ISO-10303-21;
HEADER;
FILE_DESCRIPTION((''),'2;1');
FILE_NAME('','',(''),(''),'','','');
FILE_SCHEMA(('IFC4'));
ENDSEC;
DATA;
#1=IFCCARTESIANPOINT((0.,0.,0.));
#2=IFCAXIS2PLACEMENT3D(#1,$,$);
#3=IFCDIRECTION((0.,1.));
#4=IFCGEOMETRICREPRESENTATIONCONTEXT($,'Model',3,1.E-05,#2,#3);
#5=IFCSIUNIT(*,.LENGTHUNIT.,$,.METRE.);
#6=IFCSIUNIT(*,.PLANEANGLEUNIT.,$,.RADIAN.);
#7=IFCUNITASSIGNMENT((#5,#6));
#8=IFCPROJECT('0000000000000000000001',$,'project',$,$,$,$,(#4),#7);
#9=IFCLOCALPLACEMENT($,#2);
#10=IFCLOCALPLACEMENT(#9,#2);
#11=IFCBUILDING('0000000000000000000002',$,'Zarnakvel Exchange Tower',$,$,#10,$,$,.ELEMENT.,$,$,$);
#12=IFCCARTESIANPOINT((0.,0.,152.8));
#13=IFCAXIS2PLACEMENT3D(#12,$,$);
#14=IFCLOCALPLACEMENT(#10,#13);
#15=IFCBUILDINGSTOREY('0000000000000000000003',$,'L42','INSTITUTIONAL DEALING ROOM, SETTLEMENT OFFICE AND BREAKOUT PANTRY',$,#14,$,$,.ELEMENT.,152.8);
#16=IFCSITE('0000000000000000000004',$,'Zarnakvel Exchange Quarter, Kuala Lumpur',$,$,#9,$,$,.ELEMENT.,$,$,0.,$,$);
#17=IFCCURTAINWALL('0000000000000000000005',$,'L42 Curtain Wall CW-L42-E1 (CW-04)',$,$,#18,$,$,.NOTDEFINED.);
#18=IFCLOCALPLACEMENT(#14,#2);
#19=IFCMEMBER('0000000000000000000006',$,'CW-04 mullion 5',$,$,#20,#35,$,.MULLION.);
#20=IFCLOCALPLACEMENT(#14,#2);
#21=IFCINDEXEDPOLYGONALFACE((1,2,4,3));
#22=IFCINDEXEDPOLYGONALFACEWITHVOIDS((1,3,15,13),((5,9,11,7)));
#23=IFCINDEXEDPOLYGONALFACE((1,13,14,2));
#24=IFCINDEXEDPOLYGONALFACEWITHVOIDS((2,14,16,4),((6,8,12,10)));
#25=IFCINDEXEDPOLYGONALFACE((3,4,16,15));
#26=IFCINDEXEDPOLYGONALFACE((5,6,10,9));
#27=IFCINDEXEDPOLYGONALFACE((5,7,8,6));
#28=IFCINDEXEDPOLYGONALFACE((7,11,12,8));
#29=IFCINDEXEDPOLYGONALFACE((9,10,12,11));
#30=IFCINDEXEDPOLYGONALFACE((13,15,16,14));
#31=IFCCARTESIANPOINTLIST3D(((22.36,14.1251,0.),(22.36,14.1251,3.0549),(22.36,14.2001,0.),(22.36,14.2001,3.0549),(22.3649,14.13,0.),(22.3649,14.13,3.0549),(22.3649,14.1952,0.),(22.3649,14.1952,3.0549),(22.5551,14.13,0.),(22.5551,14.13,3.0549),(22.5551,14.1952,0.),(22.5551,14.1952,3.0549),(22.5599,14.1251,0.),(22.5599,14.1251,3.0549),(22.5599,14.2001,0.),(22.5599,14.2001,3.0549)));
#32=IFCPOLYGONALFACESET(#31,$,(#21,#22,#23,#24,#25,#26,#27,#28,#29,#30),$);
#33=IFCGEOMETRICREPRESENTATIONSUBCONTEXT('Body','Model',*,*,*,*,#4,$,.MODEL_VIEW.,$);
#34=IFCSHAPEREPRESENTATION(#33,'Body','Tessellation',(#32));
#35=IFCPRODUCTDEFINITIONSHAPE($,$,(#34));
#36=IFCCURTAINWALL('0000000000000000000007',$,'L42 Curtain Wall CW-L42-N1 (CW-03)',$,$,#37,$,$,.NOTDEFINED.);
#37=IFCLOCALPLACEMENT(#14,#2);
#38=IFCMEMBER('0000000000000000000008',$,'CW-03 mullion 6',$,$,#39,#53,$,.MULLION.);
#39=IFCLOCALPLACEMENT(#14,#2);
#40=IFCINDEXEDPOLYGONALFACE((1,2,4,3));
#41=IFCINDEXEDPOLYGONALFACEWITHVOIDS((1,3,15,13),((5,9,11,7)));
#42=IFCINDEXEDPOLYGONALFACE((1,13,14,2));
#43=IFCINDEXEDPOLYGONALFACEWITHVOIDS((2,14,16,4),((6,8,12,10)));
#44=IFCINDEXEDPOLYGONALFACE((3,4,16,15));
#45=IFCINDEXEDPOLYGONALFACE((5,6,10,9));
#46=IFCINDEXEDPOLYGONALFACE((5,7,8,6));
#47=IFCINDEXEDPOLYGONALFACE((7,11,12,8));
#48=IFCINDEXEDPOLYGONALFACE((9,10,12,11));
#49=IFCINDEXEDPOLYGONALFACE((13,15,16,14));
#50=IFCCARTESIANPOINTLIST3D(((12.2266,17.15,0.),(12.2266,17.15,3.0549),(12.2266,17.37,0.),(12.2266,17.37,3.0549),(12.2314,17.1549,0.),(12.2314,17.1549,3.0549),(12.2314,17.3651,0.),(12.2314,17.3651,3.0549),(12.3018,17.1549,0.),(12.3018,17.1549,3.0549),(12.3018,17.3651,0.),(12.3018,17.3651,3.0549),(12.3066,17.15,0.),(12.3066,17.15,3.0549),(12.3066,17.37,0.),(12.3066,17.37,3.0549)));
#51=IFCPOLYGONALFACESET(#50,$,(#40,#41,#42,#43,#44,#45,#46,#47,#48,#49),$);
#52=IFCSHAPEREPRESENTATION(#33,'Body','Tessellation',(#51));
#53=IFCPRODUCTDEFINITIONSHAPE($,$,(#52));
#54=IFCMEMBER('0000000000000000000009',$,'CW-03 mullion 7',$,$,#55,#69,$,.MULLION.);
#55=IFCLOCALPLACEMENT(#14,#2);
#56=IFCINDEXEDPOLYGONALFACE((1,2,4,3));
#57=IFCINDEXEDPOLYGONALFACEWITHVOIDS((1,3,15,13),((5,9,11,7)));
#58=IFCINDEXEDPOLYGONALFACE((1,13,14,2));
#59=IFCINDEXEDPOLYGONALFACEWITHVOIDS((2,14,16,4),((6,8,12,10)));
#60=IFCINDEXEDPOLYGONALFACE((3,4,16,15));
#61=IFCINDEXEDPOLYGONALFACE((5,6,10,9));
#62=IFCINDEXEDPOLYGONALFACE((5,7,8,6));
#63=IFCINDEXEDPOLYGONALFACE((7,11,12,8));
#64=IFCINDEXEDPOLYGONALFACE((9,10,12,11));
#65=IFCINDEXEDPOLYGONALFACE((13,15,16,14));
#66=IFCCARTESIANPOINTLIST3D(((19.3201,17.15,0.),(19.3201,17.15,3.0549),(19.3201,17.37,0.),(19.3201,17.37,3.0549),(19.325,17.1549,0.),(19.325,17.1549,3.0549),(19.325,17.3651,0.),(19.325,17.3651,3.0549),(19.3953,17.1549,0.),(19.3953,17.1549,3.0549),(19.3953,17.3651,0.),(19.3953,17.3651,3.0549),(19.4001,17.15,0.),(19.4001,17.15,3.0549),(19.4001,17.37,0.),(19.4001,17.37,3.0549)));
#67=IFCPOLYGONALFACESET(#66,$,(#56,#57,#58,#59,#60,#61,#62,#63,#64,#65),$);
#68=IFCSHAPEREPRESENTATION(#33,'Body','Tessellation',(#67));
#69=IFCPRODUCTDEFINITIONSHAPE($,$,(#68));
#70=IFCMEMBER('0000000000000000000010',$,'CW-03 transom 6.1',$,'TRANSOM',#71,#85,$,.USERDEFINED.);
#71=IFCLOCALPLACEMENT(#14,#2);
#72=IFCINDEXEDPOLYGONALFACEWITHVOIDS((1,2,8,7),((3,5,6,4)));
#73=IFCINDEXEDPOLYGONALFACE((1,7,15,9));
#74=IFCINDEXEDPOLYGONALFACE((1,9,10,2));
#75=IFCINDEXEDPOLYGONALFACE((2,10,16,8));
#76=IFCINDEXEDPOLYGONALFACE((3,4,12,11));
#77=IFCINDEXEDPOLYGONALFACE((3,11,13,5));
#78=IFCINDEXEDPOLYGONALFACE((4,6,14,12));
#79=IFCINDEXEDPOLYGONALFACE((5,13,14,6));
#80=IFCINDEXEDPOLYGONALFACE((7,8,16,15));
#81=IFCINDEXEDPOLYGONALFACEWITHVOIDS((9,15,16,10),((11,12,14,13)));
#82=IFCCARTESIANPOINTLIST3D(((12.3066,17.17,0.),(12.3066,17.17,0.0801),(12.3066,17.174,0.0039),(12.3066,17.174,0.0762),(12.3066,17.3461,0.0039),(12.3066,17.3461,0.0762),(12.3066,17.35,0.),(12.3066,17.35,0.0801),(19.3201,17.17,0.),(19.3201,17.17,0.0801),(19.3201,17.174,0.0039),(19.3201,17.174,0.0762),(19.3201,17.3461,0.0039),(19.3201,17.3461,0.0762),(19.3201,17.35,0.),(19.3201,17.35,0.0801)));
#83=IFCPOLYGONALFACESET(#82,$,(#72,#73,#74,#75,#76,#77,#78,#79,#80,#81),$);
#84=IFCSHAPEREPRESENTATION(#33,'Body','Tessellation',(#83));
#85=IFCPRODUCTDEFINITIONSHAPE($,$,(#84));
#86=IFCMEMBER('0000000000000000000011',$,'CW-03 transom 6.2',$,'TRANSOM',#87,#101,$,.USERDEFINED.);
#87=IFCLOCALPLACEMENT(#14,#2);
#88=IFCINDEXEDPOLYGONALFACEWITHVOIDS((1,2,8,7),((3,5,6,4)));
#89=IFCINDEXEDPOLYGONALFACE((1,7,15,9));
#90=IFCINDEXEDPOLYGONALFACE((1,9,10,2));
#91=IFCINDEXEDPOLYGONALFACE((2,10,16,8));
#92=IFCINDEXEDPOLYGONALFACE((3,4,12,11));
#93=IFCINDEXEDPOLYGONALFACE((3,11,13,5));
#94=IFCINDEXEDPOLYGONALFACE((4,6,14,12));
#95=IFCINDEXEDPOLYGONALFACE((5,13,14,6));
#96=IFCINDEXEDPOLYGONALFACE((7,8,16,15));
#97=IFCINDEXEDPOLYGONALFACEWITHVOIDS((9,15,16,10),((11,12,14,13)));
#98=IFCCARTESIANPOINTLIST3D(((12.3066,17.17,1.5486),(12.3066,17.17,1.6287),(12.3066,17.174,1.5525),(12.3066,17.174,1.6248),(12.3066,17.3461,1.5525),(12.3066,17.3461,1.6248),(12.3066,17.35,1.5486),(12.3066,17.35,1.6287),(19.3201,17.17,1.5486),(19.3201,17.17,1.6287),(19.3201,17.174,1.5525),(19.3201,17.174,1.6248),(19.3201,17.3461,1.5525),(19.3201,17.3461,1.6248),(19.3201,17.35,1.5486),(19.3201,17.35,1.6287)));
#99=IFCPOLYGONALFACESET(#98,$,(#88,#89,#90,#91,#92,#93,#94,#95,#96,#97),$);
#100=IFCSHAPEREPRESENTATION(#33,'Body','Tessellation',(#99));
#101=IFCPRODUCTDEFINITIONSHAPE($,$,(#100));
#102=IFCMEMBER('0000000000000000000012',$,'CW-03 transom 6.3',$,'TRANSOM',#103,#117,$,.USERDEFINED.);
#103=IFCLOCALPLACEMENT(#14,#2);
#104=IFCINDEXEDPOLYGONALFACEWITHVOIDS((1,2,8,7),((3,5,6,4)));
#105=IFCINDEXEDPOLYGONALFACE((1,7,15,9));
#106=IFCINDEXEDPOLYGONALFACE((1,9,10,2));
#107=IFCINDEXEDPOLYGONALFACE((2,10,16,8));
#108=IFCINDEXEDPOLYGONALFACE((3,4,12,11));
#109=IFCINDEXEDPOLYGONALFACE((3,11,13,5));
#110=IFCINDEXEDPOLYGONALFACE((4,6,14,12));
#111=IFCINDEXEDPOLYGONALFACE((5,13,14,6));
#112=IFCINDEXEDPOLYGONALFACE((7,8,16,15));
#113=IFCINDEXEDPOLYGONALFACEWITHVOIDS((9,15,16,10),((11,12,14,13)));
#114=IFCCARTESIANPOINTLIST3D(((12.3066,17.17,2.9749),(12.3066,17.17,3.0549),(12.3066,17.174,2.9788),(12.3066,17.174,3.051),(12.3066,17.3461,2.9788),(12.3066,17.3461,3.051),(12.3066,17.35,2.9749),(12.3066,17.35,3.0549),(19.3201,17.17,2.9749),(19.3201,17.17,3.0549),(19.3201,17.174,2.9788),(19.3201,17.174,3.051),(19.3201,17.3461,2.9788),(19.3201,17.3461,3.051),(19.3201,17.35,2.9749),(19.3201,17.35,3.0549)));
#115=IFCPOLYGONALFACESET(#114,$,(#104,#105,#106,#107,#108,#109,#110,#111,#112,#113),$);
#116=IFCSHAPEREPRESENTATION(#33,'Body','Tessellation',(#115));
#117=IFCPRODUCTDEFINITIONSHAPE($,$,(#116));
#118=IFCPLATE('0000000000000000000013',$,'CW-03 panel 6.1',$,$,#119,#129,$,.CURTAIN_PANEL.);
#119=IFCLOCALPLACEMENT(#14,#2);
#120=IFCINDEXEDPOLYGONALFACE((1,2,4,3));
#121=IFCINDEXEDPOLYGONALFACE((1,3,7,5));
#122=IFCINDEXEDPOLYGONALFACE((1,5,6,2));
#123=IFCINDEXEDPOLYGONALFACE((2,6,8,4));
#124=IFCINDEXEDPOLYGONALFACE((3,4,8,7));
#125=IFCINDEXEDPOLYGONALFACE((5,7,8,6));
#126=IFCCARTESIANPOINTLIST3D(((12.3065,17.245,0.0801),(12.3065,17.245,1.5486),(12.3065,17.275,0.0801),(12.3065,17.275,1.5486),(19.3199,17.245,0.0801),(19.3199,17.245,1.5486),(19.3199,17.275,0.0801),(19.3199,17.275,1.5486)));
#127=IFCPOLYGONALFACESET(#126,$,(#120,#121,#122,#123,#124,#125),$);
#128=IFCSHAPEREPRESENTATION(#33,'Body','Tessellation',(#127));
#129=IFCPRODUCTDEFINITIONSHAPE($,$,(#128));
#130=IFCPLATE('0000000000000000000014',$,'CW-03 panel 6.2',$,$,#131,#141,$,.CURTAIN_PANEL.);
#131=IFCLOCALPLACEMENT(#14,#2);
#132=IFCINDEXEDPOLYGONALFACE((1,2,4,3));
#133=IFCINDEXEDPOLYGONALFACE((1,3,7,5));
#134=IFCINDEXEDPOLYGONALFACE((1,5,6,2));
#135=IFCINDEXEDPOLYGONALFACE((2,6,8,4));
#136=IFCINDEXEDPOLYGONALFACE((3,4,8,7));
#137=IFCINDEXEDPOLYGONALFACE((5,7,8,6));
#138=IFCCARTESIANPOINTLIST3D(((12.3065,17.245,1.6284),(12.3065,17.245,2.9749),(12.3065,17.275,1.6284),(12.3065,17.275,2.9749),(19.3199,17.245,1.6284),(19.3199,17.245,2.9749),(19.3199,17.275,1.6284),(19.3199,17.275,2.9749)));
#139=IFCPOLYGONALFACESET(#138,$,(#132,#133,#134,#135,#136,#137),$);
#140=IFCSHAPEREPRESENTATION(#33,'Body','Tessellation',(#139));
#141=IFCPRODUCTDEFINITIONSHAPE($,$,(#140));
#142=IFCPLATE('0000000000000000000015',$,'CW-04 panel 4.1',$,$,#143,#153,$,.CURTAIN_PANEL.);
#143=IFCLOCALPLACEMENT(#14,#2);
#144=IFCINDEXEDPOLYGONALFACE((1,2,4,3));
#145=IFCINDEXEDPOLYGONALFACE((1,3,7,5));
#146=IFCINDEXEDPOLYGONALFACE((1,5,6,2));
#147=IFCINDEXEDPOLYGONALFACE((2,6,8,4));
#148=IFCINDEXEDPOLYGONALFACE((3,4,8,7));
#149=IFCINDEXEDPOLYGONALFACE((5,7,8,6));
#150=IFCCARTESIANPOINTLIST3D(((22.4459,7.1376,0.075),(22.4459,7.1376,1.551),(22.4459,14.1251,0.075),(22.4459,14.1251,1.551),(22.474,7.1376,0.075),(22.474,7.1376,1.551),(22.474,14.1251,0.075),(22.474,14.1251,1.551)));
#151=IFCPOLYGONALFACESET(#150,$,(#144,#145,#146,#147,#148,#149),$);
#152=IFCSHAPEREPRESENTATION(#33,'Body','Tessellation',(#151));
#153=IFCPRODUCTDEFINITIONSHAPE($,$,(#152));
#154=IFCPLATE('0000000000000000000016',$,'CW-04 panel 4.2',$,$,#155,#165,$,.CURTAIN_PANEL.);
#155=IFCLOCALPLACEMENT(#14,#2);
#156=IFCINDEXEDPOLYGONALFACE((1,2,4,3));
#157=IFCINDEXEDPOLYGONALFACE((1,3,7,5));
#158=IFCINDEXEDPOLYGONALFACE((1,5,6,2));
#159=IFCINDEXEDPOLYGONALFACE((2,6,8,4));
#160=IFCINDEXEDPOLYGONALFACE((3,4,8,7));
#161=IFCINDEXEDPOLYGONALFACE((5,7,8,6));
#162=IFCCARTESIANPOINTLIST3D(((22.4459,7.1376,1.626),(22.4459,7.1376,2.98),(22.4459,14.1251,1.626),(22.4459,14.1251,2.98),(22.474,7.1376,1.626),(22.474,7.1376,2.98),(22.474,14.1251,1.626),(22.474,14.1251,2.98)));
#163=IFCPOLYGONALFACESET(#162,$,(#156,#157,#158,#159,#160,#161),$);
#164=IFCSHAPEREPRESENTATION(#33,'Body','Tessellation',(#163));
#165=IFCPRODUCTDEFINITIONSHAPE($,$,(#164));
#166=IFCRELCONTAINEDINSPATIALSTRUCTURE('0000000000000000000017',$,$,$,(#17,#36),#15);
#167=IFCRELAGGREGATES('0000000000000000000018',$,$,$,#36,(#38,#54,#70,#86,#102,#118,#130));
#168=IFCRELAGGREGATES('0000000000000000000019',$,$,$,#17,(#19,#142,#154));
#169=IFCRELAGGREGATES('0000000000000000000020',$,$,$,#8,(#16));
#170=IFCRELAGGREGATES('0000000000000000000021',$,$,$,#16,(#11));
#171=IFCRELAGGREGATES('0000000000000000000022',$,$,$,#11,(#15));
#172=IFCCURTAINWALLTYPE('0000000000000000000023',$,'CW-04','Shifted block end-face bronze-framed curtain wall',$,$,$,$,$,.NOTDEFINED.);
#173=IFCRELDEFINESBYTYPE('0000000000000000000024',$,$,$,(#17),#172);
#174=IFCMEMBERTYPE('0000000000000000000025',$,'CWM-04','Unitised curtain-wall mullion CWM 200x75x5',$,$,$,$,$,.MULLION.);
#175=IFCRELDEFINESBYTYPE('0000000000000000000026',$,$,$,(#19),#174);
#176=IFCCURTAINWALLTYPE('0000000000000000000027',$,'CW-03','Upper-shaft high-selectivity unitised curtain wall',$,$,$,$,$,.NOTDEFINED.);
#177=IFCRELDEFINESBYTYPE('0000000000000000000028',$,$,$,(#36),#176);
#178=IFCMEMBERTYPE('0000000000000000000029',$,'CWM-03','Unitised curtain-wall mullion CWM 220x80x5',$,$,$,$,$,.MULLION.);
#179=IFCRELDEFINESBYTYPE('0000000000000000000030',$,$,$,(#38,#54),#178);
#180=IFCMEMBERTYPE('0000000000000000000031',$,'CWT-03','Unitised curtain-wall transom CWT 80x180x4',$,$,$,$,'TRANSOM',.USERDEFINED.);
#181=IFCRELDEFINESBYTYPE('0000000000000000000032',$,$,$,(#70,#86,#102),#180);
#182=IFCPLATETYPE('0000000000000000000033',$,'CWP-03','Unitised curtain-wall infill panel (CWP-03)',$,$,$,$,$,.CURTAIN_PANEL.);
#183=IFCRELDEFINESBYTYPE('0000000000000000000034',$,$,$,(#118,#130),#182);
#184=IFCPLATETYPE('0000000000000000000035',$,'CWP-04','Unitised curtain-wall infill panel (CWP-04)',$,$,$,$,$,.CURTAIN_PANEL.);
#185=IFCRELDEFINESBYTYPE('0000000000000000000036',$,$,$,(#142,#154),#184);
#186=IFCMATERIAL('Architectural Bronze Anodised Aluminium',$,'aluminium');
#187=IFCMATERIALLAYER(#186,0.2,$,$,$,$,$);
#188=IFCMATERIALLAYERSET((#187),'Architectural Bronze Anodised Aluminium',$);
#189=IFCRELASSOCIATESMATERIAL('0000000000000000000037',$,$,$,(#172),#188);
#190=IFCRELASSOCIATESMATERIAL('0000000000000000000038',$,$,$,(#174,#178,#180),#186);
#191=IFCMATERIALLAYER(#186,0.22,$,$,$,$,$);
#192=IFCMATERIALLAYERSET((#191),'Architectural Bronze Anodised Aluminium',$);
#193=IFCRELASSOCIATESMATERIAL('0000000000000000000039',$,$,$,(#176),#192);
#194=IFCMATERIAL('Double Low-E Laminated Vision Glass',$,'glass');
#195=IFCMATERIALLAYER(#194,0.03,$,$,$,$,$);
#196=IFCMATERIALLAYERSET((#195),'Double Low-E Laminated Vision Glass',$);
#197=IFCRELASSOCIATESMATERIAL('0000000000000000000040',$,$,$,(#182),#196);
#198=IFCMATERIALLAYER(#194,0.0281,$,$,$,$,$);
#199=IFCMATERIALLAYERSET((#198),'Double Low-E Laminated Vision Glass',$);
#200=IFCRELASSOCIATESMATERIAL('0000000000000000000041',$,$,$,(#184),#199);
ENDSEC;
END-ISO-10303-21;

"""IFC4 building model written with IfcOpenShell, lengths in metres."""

from ifc_helpers import new_model, si_unit, direction, frame, origin, origin_2d, place, context, subcontext, project, spatial, rectangle, hollow_rectangle, extrude, source, transform, mapped, material, layer, layer_set, material_profile, profile_set, type_object, element, aggregate, save


model = new_model("IFC4")

# Units and contexts
model_context = context("Model", 3, precision=1e-05, world=origin(), true_north=direction((0.0, 1.0)))
body_context = subcontext(model_context, "Body", "Model", "MODEL_VIEW")
ifc_project = project(units=[si_unit("LENGTHUNIT", "METRE"), si_unit("PLANEANGLEUNIT", "RADIAN")], contexts=[model_context])

# Site, building, storey
site_placement = place(None, origin())
site = spatial("IfcSite", under=ifc_project, at=site_placement, Name="Zarnakvel Exchange Quarter, Kuala Lumpur", CompositionType="ELEMENT", RefElevation=0.0)
building_placement = place(site_placement, origin())
building = spatial("IfcBuilding", under=site, at=building_placement, Name="Zarnakvel Exchange Tower", CompositionType="ELEMENT")
storey_placement = place(building_placement, frame((0.0, 0.0, 152.8)))
storey = spatial("IfcBuildingStorey", under=building, at=storey_placement, Name="L42", Description="INSTITUTIONAL DEALING ROOM, SETTLEMENT OFFICE AND BREAKOUT PANTRY", CompositionType="ELEMENT", Elevation=152.8)

# Curtain wall, member
ifc_material_1 = material(Name="Architectural Bronze Anodised Aluminium", Category="aluminium")
ifc_layer_1 = layer(ifc_material_1, 0.2)
ifc_layer_set_1 = layer_set([ifc_layer_1], Name="Architectural Bronze Anodised Aluminium")
curtain_wall_type_1 = type_object("IfcCurtainWallType", Name="CW-04", Description="Shifted block end-face bronze-framed curtain wall", PredefinedType="NOTDEFINED", material=ifc_layer_set_1)
curtain_wall_1_placement = place(storey_placement, origin())
curtain_wall_1 = element("IfcCurtainWall", 1, at=curtain_wall_1_placement, inside=storey, type_object=curtain_wall_type_1, Name="L42 Curtain Wall CW-L42-E1 (CW-04)", PredefinedType="NOTDEFINED")
ifc_material_profile_1 = material_profile(ifc_material_1, hollow_rectangle(XDim=0.2, YDim=0.075, WallThickness=0.0049, at=origin_2d()))
ifc_profile_set_1 = profile_set([ifc_material_profile_1], Name="Architectural Bronze Anodised Aluminium")
member_type_1 = type_object("IfcMemberType", Name="CWM-04", Description="Unitised curtain-wall mullion CWM 200x75x5", PredefinedType="MULLION", material=ifc_profile_set_1)
shared_shape_1 = source(origin(), body_context, "Body", "SweptSolid", [
    extrude(hollow_rectangle(XDim=0.2, YDim=0.075, WallThickness=0.0049, at=origin_2d()), origin(), (0.0, 0.0, 1.0), 3.0549),
])
member_1_placement = place(storey_placement, frame((22.46, 14.1626, 0.0), z_axis=(0.0, 0.0, 1.0), x_axis=(-1.0, 0.0, 0.0)))
member_1 = element("IfcMember", 2, at=member_1_placement, type_object=member_type_1, Name="CW-04 mullion 5", PredefinedType="MULLION", context=body_context, shape_type="MappedRepresentation", body=[
    mapped(shared_shape_1, transform((0.0, 0.0, 0.0), x_axis=(1.0, 0.0, 0.0), y_axis=(0.0, 1.0, 0.0), z_axis=(0.0, 0.0, 1.0), scale=1.0)),
])

# Curtain wall, members, plates
ifc_layer_2 = layer(ifc_material_1, 0.22)
ifc_layer_set_2 = layer_set([ifc_layer_2], Name="Architectural Bronze Anodised Aluminium")
curtain_wall_type_2 = type_object("IfcCurtainWallType", Name="CW-03", Description="Upper-shaft high-selectivity unitised curtain wall", PredefinedType="NOTDEFINED", material=ifc_layer_set_2)
curtain_wall_2_placement = place(storey_placement, origin())
curtain_wall_2 = element("IfcCurtainWall", 3, at=curtain_wall_2_placement, inside=storey, type_object=curtain_wall_type_2, Name="L42 Curtain Wall CW-L42-N1 (CW-03)", PredefinedType="NOTDEFINED")
ifc_material_profile_2 = material_profile(ifc_material_1, hollow_rectangle(XDim=0.22, YDim=0.0801, WallThickness=0.0049, at=origin_2d()))
ifc_profile_set_2 = profile_set([ifc_material_profile_2], Name="Architectural Bronze Anodised Aluminium")
member_type_2 = type_object("IfcMemberType", Name="CWM-03", Description="Unitised curtain-wall mullion CWM 220x80x5", PredefinedType="MULLION", material=ifc_profile_set_2)
shared_shape_2 = source(origin(), body_context, "Body", "SweptSolid", [
    extrude(hollow_rectangle(XDim=0.22, YDim=0.0801, WallThickness=0.0049, at=origin_2d()), origin(), (0.0, 0.0, 1.0), 3.0549),
])
member_2_placement = place(storey_placement, frame((12.2666, 17.26, 0.0), z_axis=(0.0, 0.0, 1.0), x_axis=(0.0, 1.0, 0.0)))
member_2 = element("IfcMember", 4, at=member_2_placement, type_object=member_type_2, Name="CW-03 mullion 6", PredefinedType="MULLION", context=body_context, shape_type="MappedRepresentation", body=[
    mapped(shared_shape_2, transform((0.0, 0.0, 0.0), x_axis=(1.0, 0.0, 0.0), y_axis=(0.0, 1.0, 0.0), z_axis=(0.0, 0.0, 1.0), scale=1.0)),
])
member_3_placement = place(storey_placement, frame((19.3601, 17.26, 0.0), z_axis=(0.0, 0.0, 1.0), x_axis=(0.0, 1.0, 0.0)))
member_3 = element("IfcMember", 5, at=member_3_placement, type_object=member_type_2, Name="CW-03 mullion 7", PredefinedType="MULLION", context=body_context, shape_type="MappedRepresentation", body=[
    mapped(shared_shape_2, transform((0.0, 0.0, 0.0), x_axis=(1.0, 0.0, 0.0), y_axis=(0.0, 1.0, 0.0), z_axis=(0.0, 0.0, 1.0), scale=1.0)),
])
ifc_material_profile_3 = material_profile(ifc_material_1, hollow_rectangle(XDim=0.1799, YDim=0.0801, WallThickness=0.0039, at=origin_2d()))
ifc_profile_set_3 = profile_set([ifc_material_profile_3], Name="Architectural Bronze Anodised Aluminium")
member_type_3 = type_object("IfcMemberType", Name="CWT-03", Description="Unitised curtain-wall transom CWT 80x180x4", ElementType="TRANSOM", PredefinedType="USERDEFINED", material=ifc_profile_set_3)
shared_shape_3 = source(origin(), body_context, "Body", "SweptSolid", [
    extrude(hollow_rectangle(XDim=0.1799, YDim=0.0801, WallThickness=0.0039, at=origin_2d()), origin(), (0.0, 0.0, 1.0), 7.0134),
])
member_4_placement = place(storey_placement, frame((12.3066, 17.26, 0.04), z_axis=(1.0, 0.0, 0.0), x_axis=(0.0, 1.0, 0.0)))
member_4 = element("IfcMember", 6, at=member_4_placement, type_object=member_type_3, Name="CW-03 transom 6.1", ObjectType="TRANSOM", PredefinedType="USERDEFINED", context=body_context, shape_type="MappedRepresentation", body=[
    mapped(shared_shape_3, transform((0.0, 0.0, 0.0), x_axis=(1.0, 0.0, 0.0), y_axis=(0.0, 1.0, 0.0), z_axis=(0.0, 0.0, 1.0), scale=1.0)),
])
member_5_placement = place(storey_placement, frame((12.3066, 17.26, 1.5886), z_axis=(1.0, 0.0, 0.0), x_axis=(0.0, 1.0, 0.0)))
member_5 = element("IfcMember", 7, at=member_5_placement, type_object=member_type_3, Name="CW-03 transom 6.2", ObjectType="TRANSOM", PredefinedType="USERDEFINED", context=body_context, shape_type="MappedRepresentation", body=[
    mapped(shared_shape_3, transform((0.0, 0.0, 0.0), x_axis=(1.0, 0.0, 0.0), y_axis=(0.0, 1.0, 0.0), z_axis=(0.0, 0.0, 1.0), scale=1.0)),
])
member_6_placement = place(storey_placement, frame((12.3066, 17.26, 3.0149), z_axis=(1.0, 0.0, 0.0), x_axis=(0.0, 1.0, 0.0)))
member_6 = element("IfcMember", 8, at=member_6_placement, type_object=member_type_3, Name="CW-03 transom 6.3", ObjectType="TRANSOM", PredefinedType="USERDEFINED", context=body_context, shape_type="MappedRepresentation", body=[
    mapped(shared_shape_3, transform((0.0, 0.0, 0.0), x_axis=(1.0, 0.0, 0.0), y_axis=(0.0, 1.0, 0.0), z_axis=(0.0, 0.0, 1.0), scale=1.0)),
])
ifc_material_2 = material(Name="Double Low-E Laminated Vision Glass", Category="glass")
ifc_layer_3 = layer(ifc_material_2, 0.03)
ifc_layer_set_3 = layer_set([ifc_layer_3], Name="Double Low-E Laminated Vision Glass")
plate_type_1 = type_object("IfcPlateType", Name="CWP-03", Description="Unitised curtain-wall infill panel (CWP-03)", PredefinedType="CURTAIN_PANEL", material=ifc_layer_set_3)
shared_shape_4 = source(origin(), body_context, "Body", "SweptSolid", [
    extrude(rectangle(XDim=7.0134, YDim=0.03, at=origin_2d()), origin(), (0.0, 0.0, 1.0), 1.4685),
])
plate_1_placement = place(storey_placement, frame((15.8132, 17.26, 0.0801), z_axis=(0.0, 0.0, 1.0), x_axis=(1.0, 0.0, 0.0)))
plate_1 = element("IfcPlate", 9, at=plate_1_placement, type_object=plate_type_1, Name="CW-03 panel 6.1", PredefinedType="CURTAIN_PANEL", context=body_context, shape_type="MappedRepresentation", body=[
    mapped(shared_shape_4, transform((0.0, 0.0, 0.0), x_axis=(1.0, 0.0, 0.0), y_axis=(0.0, 1.0, 0.0), z_axis=(0.0, 0.0, 1.0), scale=1.0)),
])
shared_shape_5 = source(origin(), body_context, "Body", "SweptSolid", [
    extrude(rectangle(XDim=7.0134, YDim=0.03, at=origin_2d()), origin(), (0.0, 0.0, 1.0), 1.3464),
])
plate_2_placement = place(storey_placement, frame((15.8132, 17.26, 1.6284), z_axis=(0.0, 0.0, 1.0), x_axis=(1.0, 0.0, 0.0)))
plate_2 = element("IfcPlate", 10, at=plate_2_placement, type_object=plate_type_1, Name="CW-03 panel 6.2", PredefinedType="CURTAIN_PANEL", context=body_context, shape_type="MappedRepresentation", body=[
    mapped(shared_shape_5, transform((0.0, 0.0, 0.0), x_axis=(1.0, 0.0, 0.0), y_axis=(0.0, 1.0, 0.0), z_axis=(0.0, 0.0, 1.0), scale=1.0)),
])
aggregate(curtain_wall_2, [member_2, member_3, member_4, member_5, member_6, plate_1, plate_2])

# Plates
ifc_layer_4 = layer(ifc_material_2, 0.0281)
ifc_layer_set_4 = layer_set([ifc_layer_4], Name="Double Low-E Laminated Vision Glass")
plate_type_2 = type_object("IfcPlateType", Name="CWP-04", Description="Unitised curtain-wall infill panel (CWP-04)", PredefinedType="CURTAIN_PANEL", material=ifc_layer_set_4)
shared_shape_6 = source(origin(), body_context, "Body", "SweptSolid", [
    extrude(rectangle(XDim=6.9875, YDim=0.0281, at=origin_2d()), origin(), (0.0, 0.0, 1.0), 1.4761),
])
plate_3_placement = place(storey_placement, frame((22.46, 10.6313, 0.075), z_axis=(0.0, 0.0, 1.0), x_axis=(0.0, 1.0, 0.0)))
plate_3 = element("IfcPlate", 11, at=plate_3_placement, type_object=plate_type_2, Name="CW-04 panel 4.1", PredefinedType="CURTAIN_PANEL", context=body_context, shape_type="MappedRepresentation", body=[
    mapped(shared_shape_6, transform((0.0, 0.0, 0.0), x_axis=(1.0, 0.0, 0.0), y_axis=(0.0, 1.0, 0.0), z_axis=(0.0, 0.0, 1.0), scale=1.0)),
])
shared_shape_7 = source(origin(), body_context, "Body", "SweptSolid", [
    extrude(rectangle(XDim=6.9875, YDim=0.0281, at=origin_2d()), origin(), (0.0, 0.0, 1.0), 1.354),
])
plate_4_placement = place(storey_placement, frame((22.46, 10.6313, 1.626), z_axis=(0.0, 0.0, 1.0), x_axis=(0.0, 1.0, 0.0)))
plate_4 = element("IfcPlate", 12, at=plate_4_placement, type_object=plate_type_2, Name="CW-04 panel 4.2", PredefinedType="CURTAIN_PANEL", context=body_context, shape_type="MappedRepresentation", body=[
    mapped(shared_shape_7, transform((0.0, 0.0, 0.0), x_axis=(1.0, 0.0, 0.0), y_axis=(0.0, 1.0, 0.0), z_axis=(0.0, 0.0, 1.0), scale=1.0)),
])
aggregate(curtain_wall_1, [member_1, plate_3, plate_4])

save(model, "model.ifc")
